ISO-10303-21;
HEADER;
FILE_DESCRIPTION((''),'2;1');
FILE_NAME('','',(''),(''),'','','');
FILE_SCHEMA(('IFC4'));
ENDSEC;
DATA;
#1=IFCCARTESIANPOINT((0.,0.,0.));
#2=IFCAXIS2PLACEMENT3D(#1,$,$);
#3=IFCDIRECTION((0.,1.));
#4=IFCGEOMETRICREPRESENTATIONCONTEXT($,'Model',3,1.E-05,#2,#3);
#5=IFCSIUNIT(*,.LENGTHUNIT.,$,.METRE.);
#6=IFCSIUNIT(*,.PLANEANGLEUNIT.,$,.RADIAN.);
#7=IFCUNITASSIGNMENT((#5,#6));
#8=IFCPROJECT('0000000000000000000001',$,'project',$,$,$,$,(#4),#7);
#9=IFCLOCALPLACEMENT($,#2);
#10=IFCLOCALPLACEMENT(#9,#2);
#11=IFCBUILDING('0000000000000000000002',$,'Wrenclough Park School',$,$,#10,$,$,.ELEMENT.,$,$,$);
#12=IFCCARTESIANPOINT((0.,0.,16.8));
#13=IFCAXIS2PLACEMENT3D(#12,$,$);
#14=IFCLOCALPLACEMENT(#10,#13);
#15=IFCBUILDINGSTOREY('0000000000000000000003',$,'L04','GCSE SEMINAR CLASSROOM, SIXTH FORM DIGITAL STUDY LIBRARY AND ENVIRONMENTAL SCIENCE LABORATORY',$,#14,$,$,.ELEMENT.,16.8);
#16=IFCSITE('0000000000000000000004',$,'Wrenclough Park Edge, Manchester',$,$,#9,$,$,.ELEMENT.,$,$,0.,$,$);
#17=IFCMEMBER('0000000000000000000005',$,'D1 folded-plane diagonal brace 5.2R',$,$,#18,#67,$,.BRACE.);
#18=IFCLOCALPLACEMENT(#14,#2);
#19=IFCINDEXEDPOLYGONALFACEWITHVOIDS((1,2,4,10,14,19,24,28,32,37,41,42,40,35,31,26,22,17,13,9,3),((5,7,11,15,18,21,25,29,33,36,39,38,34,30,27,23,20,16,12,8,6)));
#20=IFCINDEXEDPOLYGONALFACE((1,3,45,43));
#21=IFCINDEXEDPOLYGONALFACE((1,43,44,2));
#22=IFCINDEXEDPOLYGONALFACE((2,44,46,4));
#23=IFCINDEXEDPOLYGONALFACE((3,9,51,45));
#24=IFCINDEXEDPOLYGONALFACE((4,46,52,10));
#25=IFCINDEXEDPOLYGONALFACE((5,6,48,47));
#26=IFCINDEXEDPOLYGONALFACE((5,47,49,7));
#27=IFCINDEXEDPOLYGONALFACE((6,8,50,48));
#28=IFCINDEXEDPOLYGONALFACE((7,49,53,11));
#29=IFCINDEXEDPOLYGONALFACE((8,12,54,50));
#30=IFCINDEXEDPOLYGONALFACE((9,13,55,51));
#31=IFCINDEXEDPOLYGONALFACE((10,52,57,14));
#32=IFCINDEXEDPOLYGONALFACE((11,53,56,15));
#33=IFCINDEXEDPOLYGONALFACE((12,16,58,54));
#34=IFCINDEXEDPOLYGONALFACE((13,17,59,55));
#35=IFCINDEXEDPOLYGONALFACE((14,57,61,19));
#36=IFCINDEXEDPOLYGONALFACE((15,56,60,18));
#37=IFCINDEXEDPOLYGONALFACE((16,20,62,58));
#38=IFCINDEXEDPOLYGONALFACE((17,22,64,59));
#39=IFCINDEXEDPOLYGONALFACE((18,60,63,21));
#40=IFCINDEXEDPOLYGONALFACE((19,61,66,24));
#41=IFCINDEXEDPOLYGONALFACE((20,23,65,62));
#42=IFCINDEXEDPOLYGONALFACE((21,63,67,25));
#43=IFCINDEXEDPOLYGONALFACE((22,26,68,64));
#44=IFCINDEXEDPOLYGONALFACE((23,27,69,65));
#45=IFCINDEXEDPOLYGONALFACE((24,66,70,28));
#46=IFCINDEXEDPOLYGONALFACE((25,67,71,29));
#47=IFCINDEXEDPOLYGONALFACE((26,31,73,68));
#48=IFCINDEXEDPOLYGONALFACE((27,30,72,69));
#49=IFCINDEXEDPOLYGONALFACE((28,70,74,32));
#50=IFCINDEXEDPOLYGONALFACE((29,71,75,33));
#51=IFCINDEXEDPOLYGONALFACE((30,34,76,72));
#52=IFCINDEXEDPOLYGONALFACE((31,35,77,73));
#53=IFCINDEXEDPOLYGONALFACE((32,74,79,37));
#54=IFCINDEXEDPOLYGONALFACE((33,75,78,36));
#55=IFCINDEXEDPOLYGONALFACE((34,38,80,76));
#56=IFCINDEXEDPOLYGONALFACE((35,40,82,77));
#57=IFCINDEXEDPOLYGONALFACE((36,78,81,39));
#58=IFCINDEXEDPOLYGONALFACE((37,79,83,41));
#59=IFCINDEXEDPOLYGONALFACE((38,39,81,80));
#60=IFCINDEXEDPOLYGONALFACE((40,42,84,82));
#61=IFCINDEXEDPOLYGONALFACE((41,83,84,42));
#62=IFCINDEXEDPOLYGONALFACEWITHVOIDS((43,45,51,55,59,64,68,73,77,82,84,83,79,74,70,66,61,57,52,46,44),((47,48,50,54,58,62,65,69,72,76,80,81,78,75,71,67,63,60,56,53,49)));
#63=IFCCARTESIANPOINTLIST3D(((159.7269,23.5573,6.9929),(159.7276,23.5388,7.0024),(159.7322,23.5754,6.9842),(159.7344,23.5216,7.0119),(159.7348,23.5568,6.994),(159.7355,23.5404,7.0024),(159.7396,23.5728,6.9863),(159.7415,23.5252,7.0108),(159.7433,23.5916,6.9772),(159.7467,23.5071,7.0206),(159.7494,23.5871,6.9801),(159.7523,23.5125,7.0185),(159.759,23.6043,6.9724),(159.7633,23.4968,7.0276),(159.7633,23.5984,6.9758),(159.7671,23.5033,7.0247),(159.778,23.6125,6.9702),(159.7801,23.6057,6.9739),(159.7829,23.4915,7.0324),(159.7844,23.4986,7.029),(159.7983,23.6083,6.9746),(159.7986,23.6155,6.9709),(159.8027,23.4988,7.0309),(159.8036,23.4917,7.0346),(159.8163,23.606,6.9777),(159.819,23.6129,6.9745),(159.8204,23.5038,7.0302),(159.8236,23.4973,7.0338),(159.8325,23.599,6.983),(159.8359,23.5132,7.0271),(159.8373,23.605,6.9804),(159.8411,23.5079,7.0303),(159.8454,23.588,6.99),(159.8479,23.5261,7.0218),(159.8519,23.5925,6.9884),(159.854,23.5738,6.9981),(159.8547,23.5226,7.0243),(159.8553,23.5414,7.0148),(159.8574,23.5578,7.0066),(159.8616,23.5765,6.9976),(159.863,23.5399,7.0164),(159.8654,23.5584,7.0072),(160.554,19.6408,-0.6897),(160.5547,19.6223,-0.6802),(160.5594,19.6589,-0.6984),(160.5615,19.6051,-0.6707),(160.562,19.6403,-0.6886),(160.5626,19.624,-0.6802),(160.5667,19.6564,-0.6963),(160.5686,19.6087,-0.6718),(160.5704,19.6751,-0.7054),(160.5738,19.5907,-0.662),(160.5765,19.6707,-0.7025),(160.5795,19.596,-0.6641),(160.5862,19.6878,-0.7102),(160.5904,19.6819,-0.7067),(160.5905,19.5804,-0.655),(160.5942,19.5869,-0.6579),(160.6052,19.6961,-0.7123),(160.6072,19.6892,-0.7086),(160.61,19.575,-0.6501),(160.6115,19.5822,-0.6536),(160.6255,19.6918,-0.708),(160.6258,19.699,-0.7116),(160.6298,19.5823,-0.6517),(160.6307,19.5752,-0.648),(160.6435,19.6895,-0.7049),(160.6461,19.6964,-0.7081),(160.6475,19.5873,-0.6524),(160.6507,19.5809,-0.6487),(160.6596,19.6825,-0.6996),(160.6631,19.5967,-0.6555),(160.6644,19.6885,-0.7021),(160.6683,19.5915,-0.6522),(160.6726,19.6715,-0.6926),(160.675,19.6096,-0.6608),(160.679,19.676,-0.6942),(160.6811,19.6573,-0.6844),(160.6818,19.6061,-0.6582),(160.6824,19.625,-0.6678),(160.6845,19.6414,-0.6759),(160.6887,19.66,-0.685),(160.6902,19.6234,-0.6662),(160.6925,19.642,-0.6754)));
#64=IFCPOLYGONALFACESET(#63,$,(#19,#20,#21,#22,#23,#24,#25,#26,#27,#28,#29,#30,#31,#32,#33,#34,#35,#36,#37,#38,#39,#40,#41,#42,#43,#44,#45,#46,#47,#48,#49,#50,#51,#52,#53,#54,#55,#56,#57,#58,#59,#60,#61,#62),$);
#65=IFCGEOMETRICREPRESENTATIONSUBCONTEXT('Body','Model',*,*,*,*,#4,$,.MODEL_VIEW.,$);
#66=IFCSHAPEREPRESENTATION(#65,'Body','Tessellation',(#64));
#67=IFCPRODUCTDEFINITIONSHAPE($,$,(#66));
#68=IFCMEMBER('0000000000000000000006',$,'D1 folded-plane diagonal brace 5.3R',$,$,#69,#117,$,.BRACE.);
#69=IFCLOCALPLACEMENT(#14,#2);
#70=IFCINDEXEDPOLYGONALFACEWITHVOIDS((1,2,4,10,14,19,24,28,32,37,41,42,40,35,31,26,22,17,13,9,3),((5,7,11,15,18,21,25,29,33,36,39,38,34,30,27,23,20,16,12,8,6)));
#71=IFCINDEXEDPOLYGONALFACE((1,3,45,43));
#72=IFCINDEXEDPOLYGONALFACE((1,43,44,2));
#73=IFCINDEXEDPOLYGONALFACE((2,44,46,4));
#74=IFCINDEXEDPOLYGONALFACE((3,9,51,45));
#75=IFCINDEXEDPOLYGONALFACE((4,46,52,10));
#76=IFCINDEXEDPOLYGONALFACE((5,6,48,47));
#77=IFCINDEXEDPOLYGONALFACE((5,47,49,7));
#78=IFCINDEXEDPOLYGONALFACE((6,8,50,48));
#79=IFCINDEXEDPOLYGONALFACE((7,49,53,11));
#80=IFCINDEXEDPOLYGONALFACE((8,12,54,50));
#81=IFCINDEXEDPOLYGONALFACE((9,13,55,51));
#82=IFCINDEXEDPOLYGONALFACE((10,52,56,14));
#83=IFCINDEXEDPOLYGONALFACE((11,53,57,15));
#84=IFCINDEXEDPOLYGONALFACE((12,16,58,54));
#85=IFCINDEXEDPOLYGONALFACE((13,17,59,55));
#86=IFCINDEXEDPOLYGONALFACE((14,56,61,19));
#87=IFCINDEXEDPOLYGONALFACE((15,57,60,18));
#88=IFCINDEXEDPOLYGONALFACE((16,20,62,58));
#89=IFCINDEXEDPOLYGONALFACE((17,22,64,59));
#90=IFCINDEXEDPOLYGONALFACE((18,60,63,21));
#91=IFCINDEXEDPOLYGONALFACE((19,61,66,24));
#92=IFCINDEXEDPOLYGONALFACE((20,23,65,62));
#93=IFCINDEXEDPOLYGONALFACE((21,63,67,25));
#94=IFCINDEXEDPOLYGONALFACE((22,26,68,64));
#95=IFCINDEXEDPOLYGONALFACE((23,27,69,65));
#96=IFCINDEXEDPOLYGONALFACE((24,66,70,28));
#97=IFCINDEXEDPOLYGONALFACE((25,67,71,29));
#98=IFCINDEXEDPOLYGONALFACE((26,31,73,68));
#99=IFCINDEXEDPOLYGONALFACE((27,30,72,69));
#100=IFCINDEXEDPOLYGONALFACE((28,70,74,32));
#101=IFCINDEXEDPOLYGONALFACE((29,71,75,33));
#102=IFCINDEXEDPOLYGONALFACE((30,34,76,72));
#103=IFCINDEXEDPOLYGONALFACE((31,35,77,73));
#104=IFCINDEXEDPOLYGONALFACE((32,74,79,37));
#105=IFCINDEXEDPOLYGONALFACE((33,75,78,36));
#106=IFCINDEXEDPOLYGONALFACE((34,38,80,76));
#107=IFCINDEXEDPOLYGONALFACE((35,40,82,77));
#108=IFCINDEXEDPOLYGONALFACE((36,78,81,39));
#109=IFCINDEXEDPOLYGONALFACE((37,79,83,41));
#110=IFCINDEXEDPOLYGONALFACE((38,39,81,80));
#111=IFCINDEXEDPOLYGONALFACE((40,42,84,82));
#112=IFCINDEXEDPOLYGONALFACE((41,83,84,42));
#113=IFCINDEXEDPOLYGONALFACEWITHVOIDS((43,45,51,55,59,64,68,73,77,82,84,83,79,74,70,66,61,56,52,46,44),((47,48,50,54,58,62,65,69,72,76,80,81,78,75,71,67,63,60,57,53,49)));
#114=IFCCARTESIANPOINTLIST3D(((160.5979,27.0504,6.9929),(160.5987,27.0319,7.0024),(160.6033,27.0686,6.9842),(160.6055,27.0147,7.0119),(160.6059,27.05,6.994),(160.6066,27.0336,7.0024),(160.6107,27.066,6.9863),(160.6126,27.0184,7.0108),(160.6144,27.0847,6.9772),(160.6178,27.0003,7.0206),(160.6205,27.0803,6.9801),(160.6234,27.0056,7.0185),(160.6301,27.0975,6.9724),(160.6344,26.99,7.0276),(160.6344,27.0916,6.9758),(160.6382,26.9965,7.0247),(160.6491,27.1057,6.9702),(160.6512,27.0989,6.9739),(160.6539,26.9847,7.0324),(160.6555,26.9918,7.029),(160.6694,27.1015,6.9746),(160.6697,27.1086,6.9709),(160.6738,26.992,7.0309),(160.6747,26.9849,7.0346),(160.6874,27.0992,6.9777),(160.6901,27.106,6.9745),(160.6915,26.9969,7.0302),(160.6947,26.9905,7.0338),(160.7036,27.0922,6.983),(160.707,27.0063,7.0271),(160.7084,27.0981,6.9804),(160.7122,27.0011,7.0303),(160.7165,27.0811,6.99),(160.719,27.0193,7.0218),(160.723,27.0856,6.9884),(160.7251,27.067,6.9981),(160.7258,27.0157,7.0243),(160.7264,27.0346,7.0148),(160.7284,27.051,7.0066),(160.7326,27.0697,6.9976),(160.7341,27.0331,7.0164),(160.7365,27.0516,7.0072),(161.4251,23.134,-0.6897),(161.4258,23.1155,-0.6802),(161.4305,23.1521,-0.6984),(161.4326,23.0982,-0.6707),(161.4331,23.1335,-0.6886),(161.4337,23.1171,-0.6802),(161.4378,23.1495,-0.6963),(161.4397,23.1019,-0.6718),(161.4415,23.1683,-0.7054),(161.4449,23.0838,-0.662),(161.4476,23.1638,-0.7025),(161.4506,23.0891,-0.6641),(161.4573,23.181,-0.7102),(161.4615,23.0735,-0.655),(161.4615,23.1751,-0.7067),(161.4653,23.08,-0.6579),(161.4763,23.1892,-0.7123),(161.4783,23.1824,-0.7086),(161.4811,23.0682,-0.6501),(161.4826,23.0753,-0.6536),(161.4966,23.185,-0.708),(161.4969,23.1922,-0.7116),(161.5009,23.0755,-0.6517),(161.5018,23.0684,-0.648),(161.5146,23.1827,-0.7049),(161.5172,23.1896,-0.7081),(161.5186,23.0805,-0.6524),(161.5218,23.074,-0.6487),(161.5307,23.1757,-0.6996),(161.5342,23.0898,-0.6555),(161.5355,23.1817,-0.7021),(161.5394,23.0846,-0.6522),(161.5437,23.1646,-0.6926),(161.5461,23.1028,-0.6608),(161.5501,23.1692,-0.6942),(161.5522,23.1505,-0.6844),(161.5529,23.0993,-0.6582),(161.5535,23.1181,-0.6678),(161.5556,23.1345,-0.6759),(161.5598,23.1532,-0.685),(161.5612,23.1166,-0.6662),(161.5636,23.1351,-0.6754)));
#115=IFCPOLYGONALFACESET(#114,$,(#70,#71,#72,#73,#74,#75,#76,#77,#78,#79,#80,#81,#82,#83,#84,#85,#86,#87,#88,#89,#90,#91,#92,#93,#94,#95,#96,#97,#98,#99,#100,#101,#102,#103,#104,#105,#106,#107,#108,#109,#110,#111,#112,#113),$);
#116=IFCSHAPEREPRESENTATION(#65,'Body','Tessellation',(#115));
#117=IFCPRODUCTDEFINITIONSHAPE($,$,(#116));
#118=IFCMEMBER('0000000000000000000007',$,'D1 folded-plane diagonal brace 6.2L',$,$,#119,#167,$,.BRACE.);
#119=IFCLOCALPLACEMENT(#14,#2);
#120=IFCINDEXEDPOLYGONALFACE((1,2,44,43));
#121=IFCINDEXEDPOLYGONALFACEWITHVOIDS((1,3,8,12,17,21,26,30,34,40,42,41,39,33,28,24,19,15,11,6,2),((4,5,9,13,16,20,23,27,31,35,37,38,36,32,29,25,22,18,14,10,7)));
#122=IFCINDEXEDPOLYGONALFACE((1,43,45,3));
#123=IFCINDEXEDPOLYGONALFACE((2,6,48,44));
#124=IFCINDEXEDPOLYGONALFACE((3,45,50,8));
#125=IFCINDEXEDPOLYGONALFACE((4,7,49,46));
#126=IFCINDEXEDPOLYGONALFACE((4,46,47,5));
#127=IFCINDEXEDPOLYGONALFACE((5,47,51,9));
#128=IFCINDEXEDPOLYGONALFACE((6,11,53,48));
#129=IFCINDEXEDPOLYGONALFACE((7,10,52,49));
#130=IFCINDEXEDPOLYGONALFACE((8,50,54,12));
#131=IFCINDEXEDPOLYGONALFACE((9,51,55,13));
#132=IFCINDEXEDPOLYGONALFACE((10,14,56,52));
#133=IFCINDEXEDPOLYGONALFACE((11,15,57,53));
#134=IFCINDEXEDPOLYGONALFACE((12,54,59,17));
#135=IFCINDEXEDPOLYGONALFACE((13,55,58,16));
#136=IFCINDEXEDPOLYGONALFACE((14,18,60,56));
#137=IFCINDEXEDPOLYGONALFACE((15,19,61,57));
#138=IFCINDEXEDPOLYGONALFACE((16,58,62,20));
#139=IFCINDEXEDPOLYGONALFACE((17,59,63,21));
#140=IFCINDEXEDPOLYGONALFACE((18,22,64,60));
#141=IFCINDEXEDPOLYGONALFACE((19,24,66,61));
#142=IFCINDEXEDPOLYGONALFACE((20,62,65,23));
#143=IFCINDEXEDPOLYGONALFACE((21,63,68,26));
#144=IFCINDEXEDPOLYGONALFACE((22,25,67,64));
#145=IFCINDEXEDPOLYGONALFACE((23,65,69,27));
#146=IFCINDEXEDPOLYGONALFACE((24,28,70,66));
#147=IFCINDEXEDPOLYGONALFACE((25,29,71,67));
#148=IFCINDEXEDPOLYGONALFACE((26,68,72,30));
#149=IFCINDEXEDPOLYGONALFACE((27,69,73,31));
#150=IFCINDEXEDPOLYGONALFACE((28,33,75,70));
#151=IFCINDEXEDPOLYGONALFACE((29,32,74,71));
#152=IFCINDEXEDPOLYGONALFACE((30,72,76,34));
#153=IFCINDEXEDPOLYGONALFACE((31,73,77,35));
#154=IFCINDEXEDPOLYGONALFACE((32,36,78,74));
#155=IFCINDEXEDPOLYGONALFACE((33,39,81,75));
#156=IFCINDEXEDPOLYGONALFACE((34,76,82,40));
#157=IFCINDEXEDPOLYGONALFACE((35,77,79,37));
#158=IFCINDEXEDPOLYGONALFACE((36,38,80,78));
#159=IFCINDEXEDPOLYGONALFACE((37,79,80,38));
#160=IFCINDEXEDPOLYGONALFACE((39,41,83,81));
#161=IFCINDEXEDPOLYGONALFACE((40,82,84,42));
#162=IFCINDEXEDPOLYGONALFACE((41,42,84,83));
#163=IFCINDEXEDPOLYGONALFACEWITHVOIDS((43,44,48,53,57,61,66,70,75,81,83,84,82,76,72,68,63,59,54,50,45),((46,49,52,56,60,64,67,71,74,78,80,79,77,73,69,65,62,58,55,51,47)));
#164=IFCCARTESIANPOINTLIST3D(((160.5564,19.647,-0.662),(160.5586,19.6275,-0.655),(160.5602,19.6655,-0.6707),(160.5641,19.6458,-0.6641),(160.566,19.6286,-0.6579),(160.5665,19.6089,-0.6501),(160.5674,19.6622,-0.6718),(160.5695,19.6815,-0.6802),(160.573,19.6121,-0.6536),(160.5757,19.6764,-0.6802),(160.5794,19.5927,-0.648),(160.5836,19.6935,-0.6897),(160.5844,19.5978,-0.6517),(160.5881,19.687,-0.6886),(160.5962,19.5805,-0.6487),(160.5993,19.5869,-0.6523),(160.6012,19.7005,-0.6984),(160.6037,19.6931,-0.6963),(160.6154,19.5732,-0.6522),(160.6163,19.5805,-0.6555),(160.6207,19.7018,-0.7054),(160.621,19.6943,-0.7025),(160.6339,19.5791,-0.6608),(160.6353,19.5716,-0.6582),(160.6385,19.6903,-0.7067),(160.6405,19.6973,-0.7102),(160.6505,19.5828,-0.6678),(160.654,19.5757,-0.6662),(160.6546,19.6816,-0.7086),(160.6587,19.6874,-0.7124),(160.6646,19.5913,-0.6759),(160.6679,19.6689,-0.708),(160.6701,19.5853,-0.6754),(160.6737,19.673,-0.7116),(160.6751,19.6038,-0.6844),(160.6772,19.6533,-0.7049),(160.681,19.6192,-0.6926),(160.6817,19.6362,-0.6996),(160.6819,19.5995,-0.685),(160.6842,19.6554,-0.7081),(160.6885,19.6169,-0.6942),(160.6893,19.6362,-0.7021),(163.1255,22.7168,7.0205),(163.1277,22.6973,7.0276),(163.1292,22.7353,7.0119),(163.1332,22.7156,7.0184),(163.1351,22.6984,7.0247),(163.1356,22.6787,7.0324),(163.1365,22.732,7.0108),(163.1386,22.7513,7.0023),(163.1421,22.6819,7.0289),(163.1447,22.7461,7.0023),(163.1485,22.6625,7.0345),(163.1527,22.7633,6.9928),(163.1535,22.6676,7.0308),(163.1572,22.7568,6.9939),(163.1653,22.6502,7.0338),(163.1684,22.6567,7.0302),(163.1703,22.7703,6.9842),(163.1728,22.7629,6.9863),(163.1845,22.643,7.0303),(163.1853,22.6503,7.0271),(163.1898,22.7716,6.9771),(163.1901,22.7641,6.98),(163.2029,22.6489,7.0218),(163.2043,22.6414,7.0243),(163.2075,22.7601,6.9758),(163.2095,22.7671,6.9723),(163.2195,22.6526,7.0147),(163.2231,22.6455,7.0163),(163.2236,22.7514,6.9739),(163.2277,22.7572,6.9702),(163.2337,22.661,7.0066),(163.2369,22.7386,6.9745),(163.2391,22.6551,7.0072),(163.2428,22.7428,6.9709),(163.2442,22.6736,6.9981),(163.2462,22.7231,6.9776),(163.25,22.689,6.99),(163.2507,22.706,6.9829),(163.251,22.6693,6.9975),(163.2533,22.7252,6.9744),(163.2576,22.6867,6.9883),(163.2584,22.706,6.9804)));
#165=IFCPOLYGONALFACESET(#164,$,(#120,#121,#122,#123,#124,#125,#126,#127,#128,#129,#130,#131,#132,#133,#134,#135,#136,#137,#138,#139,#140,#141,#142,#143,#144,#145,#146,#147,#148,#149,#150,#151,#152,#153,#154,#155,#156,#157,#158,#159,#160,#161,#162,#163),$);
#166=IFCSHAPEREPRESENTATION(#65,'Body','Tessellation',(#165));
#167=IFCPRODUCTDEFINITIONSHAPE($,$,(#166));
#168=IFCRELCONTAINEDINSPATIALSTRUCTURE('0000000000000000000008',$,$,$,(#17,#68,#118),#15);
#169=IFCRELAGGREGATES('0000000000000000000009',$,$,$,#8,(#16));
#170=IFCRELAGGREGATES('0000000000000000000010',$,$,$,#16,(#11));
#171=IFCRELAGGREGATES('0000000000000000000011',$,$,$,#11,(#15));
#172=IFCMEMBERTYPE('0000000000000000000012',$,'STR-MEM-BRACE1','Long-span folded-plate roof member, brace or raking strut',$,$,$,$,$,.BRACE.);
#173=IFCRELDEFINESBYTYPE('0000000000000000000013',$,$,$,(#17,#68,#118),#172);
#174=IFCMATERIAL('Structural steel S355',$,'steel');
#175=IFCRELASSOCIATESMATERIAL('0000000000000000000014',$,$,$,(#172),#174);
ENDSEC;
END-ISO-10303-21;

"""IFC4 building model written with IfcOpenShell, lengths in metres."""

from ifc_helpers import new_model, si_unit, direction, frame, origin, origin_2d, place, context, subcontext, project, spatial, hollow_circle, extrude, material, material_profile, profile_set, type_object, element, save


model = new_model("IFC4")

# Units and contexts
model_context = context("Model", 3, precision=1e-05, world=origin(), true_north=direction((0.0, 1.0)))
body_context = subcontext(model_context, "Body", "Model", "MODEL_VIEW")
ifc_project = project(units=[si_unit("LENGTHUNIT", "METRE"), si_unit("PLANEANGLEUNIT", "RADIAN")], contexts=[model_context])

# Site, building, storey
site_placement = place(None, origin())
site = spatial("IfcSite", under=ifc_project, at=site_placement, Name="Wrenclough Park Edge, Manchester", CompositionType="ELEMENT", RefElevation=0.0)
building_placement = place(site_placement, origin())
building = spatial("IfcBuilding", under=site, at=building_placement, Name="Wrenclough Park School", CompositionType="ELEMENT")
storey_placement = place(building_placement, frame((0.0, 0.0, 16.8)))
storey = spatial("IfcBuildingStorey", under=building, at=storey_placement, Name="L04", Description="GCSE SEMINAR CLASSROOM, SIXTH FORM DIGITAL STUDY LIBRARY AND ENVIRONMENTAL SCIENCE LABORATORY", CompositionType="ELEMENT", Elevation=16.8)

# Members
ifc_material = material(Name="Structural steel S355", Category="steel")
ifc_material_profile_1 = material_profile(ifc_material, hollow_circle(Radius=0.0698, WallThickness=0.0081, at=origin_2d()), Name="CHS 139.7x8.0")
ifc_profile_set_1 = profile_set([ifc_material_profile_1], Name="Structural steel S355")
member_type_1 = type_object("IfcMemberType", Name="STR-MEM-BRACE1", Description="Long-span folded-plate roof member, brace or raking strut", PredefinedType="BRACE", material=ifc_profile_set_1)
for number, where, z_axis, x_axis, name in (
    (1, (160.623, 19.6367, -0.6802), (-0.095482, 0.452101, 0.886842), (-0.978418, -0.206637, 0.0), "D1 folded-plane diagonal brace 5.2R"),
    (2, (161.4941, 23.1299, -0.6802), (-0.095482, 0.452101, 0.886842), (-0.978418, -0.206637, 0.0), "D1 folded-plane diagonal brace 5.3R"),
    (3, (160.623, 19.6367, -0.6802), (0.296561, 0.354363, 0.886836), (-0.76688, 0.641791, 0.0), "D1 folded-plane diagonal brace 6.2L"),
):
    element("IfcMember", number, at=place(storey_placement, frame(where, z_axis=z_axis, x_axis=x_axis)), inside=storey, type_object=member_type_1, Name=name, PredefinedType="BRACE", context=body_context, shape_type="SweptSolid", body=[
        extrude(hollow_circle(Radius=0.0698, WallThickness=0.0081, at=origin_2d()), origin(), (0.0, 0.0, 1.0), 8.6628),
    ])

save(model, "model.ifc")
